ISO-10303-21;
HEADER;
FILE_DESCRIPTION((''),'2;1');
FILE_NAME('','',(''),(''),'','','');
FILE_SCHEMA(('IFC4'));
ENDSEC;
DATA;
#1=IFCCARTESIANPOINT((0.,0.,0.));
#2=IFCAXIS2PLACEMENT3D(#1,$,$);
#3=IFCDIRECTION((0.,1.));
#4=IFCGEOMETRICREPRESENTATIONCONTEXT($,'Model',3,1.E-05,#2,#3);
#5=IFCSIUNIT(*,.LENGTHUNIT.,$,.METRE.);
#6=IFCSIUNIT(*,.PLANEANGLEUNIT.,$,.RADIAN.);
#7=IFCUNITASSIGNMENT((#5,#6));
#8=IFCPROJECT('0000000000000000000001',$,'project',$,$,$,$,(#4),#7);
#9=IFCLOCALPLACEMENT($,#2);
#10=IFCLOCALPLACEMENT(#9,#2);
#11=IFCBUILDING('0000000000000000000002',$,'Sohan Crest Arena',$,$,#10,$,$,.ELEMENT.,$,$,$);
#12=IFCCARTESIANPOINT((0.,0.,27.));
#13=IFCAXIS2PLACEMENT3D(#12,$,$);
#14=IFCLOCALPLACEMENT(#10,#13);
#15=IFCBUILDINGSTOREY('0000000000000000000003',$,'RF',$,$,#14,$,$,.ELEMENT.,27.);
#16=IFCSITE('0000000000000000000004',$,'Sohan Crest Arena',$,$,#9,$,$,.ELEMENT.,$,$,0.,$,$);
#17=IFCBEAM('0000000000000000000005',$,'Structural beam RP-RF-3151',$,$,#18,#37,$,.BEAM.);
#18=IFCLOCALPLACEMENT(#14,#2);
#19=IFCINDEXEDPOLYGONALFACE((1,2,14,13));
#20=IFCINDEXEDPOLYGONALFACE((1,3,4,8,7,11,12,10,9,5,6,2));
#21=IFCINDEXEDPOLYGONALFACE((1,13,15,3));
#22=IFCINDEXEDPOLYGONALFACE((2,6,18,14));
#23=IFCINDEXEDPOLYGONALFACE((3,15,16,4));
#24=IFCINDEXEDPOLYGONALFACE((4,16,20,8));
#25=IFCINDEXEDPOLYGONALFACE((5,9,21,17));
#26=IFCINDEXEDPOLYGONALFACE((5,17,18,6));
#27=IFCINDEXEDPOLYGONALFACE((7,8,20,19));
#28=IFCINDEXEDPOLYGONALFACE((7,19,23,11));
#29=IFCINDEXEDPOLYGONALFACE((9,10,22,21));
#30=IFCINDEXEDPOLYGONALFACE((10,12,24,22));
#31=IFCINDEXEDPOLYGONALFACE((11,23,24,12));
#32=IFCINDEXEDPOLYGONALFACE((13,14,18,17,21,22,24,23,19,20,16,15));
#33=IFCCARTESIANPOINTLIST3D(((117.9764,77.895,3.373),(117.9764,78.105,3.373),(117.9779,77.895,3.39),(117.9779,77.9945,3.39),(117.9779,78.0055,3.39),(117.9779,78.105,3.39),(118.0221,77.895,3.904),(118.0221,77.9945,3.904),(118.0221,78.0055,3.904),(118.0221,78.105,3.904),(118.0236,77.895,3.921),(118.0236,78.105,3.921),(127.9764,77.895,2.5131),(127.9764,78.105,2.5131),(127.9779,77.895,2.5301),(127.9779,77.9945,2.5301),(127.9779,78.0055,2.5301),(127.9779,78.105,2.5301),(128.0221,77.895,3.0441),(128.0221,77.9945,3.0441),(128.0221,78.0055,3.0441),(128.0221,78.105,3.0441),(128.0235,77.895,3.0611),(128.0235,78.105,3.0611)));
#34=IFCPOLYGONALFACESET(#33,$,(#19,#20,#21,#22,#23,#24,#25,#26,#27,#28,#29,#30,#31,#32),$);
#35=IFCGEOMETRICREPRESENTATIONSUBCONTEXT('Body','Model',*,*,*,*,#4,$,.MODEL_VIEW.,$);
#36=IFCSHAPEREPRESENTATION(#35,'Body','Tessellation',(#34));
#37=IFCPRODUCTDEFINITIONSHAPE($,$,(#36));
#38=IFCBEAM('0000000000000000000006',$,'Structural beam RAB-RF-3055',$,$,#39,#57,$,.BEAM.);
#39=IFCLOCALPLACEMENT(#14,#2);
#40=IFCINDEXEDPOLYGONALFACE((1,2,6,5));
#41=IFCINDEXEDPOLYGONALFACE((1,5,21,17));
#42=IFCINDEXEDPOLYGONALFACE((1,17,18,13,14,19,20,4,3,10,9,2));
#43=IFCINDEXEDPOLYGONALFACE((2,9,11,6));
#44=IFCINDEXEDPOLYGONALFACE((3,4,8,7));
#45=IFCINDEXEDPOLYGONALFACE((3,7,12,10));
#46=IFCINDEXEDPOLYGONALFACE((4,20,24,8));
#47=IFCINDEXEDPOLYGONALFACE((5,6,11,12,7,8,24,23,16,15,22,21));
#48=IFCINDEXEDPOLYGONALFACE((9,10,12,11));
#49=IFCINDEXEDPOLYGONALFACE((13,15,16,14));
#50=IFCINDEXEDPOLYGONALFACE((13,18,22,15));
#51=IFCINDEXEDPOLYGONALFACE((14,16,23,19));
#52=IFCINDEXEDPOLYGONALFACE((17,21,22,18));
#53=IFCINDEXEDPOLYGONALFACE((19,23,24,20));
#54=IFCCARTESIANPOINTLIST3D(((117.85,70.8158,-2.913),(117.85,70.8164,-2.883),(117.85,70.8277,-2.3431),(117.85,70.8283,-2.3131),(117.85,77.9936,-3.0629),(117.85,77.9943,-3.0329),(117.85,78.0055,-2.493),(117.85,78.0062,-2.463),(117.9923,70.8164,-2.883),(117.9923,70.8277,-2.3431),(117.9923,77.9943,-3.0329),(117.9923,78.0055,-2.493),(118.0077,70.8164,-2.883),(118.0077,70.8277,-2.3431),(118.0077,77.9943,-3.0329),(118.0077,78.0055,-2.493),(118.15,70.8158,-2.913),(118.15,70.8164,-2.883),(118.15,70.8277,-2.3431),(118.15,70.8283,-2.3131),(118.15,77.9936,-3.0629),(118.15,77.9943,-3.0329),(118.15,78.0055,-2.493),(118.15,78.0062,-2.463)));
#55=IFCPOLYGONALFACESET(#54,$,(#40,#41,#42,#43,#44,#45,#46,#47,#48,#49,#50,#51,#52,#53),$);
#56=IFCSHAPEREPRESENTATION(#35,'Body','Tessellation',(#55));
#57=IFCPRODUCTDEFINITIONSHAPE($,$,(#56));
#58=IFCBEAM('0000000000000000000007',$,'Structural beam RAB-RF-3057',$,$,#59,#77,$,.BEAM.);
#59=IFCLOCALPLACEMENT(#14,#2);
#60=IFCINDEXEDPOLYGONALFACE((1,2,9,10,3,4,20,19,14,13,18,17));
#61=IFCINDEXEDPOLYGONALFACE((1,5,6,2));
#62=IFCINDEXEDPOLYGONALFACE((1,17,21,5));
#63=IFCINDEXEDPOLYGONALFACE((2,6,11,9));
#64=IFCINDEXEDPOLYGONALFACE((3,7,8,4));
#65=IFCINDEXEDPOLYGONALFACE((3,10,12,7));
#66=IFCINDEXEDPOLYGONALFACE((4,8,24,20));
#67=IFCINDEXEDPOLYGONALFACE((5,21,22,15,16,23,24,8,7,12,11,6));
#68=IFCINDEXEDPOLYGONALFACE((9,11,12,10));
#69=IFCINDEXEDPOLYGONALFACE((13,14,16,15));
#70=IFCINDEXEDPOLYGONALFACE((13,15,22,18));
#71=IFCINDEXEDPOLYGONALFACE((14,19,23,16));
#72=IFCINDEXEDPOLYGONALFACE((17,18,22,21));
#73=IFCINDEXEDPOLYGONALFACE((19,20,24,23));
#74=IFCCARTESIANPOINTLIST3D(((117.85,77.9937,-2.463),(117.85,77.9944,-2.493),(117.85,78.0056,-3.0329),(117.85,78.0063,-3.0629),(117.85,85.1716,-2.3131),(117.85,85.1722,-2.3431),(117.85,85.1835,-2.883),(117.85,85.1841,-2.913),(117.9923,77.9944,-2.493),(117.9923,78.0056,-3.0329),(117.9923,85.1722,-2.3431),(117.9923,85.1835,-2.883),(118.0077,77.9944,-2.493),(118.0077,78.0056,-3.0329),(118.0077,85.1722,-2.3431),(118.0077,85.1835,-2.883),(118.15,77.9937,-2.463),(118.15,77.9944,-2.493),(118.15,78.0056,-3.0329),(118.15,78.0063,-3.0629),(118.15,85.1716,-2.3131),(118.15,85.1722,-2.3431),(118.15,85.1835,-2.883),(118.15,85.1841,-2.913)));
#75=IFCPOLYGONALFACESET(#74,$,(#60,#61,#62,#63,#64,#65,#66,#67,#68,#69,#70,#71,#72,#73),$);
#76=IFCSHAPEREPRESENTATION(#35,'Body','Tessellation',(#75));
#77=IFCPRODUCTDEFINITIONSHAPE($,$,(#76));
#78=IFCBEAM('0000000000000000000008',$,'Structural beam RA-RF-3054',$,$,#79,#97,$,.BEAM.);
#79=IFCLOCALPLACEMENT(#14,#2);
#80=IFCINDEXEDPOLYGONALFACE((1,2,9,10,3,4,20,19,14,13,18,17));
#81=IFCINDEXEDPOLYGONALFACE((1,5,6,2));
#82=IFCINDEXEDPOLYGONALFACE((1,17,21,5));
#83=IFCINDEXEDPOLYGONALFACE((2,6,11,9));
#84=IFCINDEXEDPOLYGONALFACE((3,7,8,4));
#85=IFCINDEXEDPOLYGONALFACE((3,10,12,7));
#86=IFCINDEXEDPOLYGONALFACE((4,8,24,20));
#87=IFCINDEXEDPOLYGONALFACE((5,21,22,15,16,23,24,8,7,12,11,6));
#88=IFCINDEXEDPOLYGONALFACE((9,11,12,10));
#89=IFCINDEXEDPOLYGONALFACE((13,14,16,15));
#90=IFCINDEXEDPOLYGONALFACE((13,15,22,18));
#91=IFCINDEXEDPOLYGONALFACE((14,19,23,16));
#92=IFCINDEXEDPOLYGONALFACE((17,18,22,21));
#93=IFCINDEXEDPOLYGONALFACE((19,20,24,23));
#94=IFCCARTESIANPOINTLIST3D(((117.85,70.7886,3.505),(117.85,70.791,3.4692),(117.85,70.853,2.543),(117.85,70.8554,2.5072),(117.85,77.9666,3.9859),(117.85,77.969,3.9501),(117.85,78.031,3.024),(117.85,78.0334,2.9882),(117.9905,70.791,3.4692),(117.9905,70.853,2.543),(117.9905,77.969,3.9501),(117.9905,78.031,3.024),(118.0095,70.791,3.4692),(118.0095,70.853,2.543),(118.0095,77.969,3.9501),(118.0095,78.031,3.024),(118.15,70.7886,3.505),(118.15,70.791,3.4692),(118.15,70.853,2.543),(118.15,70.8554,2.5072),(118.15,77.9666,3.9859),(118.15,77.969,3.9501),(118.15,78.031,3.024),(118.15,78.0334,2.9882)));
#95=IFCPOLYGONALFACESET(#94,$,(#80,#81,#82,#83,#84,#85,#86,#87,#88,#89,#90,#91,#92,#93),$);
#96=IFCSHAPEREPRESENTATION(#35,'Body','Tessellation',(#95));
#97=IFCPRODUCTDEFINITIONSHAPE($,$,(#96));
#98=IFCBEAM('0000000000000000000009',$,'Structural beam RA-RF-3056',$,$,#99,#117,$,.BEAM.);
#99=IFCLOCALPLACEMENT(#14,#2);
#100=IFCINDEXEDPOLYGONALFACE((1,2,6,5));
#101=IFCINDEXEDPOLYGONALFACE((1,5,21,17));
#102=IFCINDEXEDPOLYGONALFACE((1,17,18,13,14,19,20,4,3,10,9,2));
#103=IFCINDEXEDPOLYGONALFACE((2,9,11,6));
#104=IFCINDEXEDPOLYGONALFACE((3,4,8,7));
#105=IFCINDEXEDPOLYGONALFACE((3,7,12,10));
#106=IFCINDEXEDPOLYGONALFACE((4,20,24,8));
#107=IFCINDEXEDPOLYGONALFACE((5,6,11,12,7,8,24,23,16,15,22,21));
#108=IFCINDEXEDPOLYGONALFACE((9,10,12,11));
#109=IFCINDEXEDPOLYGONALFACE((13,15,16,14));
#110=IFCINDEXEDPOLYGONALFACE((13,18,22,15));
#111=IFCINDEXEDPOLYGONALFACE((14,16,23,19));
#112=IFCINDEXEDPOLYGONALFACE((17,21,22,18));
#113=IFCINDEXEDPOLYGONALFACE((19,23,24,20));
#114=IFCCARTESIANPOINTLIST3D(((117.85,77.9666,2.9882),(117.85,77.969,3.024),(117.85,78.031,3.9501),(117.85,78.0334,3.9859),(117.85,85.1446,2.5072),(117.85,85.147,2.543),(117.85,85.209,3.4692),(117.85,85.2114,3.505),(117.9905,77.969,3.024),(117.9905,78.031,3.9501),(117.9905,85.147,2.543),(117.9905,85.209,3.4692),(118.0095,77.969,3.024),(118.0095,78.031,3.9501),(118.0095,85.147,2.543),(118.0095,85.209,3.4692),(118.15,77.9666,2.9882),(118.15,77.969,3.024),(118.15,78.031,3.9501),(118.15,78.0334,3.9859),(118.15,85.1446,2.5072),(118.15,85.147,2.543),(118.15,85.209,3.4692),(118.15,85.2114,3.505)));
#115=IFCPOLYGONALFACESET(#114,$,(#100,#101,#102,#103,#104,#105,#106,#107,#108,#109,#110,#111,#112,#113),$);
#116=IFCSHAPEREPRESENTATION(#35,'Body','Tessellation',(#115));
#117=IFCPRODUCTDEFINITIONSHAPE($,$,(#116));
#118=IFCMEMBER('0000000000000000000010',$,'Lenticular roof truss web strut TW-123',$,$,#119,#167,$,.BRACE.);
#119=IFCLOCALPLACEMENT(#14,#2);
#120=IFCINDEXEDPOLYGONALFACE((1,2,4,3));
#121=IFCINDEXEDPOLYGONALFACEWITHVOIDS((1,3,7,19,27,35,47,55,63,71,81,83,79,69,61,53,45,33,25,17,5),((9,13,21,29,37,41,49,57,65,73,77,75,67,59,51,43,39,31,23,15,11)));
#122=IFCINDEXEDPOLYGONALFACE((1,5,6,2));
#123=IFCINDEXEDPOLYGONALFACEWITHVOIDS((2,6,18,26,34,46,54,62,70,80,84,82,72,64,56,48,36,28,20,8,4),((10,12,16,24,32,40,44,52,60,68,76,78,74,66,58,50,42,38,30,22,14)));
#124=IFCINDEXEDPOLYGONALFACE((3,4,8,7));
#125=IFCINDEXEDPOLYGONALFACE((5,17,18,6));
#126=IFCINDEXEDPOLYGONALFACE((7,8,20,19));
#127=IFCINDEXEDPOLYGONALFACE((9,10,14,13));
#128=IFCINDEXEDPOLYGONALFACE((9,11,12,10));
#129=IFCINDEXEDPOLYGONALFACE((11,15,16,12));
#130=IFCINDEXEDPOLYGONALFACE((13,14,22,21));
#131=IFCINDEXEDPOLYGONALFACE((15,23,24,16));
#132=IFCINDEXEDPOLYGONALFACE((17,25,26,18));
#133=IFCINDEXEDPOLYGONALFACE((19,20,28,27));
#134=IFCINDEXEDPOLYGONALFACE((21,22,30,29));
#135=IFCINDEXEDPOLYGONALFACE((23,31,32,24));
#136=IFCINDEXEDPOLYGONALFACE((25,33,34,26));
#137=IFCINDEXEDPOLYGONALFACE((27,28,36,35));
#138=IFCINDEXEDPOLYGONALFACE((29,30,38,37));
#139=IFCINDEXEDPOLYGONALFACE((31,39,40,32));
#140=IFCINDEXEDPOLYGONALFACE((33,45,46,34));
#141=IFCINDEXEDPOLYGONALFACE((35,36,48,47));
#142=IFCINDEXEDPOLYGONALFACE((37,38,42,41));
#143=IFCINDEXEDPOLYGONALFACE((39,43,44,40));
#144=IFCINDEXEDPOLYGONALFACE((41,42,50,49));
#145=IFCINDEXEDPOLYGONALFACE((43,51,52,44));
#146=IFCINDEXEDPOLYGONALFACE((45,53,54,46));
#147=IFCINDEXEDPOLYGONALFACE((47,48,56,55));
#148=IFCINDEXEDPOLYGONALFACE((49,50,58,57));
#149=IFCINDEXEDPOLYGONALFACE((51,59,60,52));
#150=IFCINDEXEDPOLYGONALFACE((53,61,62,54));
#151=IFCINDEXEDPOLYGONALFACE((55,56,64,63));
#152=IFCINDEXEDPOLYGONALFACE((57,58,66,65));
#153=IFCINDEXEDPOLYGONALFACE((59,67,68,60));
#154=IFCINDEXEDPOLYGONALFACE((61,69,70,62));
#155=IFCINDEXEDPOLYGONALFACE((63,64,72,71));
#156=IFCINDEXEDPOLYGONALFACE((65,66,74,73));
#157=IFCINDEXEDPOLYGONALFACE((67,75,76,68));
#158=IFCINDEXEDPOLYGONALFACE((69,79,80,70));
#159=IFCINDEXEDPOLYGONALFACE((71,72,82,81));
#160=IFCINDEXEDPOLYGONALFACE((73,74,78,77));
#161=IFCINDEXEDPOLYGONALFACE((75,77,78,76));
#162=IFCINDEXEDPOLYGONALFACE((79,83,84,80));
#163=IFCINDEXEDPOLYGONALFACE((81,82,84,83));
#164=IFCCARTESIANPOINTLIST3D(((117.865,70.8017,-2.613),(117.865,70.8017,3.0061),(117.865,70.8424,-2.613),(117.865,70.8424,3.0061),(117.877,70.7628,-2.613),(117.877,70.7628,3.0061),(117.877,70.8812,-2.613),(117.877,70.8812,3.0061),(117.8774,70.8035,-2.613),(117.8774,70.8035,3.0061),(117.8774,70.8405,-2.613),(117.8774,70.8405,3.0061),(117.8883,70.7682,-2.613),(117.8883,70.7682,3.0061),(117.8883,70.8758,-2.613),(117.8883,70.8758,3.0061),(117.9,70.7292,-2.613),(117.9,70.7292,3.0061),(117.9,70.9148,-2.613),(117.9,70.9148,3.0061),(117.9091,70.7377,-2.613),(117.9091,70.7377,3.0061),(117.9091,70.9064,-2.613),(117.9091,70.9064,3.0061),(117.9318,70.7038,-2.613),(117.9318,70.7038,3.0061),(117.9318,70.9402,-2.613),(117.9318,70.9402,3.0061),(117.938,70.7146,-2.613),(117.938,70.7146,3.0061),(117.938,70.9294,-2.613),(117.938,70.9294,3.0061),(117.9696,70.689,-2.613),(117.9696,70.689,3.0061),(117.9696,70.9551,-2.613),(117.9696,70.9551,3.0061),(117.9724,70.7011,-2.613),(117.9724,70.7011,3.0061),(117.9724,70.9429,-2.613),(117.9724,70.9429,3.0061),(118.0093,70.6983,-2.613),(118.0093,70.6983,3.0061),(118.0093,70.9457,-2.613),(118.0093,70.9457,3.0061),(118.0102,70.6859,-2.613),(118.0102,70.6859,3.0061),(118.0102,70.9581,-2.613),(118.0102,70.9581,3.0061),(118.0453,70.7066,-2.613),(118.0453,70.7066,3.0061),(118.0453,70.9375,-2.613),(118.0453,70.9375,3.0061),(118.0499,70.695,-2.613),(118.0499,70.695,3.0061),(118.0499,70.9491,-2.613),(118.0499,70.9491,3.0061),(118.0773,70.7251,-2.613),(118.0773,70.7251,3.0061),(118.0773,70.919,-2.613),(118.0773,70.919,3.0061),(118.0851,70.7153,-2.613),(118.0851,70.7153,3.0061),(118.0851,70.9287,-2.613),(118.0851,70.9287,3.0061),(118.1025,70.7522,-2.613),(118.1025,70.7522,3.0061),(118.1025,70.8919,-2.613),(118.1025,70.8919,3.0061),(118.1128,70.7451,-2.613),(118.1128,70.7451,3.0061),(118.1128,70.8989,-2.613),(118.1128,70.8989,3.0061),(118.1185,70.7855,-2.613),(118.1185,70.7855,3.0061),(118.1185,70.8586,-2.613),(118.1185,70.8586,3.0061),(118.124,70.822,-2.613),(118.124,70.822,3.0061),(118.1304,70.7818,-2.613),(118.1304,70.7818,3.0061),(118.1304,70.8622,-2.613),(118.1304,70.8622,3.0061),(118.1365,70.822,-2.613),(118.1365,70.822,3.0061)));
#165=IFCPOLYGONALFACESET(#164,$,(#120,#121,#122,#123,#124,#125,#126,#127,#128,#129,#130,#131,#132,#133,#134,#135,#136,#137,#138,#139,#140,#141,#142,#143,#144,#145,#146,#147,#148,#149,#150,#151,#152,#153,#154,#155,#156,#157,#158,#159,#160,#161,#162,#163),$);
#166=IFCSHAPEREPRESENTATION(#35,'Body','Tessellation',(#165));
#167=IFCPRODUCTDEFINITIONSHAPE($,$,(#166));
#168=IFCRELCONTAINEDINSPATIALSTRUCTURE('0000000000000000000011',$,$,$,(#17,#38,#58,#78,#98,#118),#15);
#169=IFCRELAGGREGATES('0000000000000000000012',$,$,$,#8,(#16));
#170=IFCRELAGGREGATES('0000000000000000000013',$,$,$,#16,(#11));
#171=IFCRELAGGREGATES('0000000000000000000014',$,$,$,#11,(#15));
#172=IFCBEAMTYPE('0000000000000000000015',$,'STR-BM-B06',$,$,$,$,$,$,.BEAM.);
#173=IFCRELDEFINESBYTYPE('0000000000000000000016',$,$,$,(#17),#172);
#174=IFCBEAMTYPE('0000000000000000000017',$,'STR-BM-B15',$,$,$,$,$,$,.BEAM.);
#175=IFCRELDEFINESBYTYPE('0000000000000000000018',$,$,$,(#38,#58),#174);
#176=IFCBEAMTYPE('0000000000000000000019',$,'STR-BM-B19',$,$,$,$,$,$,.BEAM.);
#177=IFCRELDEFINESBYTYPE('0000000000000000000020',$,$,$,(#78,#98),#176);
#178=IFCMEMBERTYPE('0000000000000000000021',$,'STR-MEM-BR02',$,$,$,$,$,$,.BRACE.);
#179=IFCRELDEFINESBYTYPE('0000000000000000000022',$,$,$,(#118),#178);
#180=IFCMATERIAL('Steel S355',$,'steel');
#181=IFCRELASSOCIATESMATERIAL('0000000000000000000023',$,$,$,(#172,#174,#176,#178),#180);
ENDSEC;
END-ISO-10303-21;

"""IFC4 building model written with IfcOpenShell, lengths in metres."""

from ifc_helpers import new_model, si_unit, direction, frame, origin, origin_2d, place, context, subcontext, project, spatial, hollow_circle, i_section, extrude, material, material_profile, profile_set, type_object, element, save


model = new_model("IFC4")

# Units and contexts
model_context = context("Model", 3, precision=1e-05, world=origin(), true_north=direction((0.0, 1.0)))
body_context = subcontext(model_context, "Body", "Model", "MODEL_VIEW")
ifc_project = project(units=[si_unit("LENGTHUNIT", "METRE"), si_unit("PLANEANGLEUNIT", "RADIAN")], contexts=[model_context])

# Site, building, storey
site_placement = place(None, origin())
site = spatial("IfcSite", under=ifc_project, at=site_placement, Name="Sohan Crest Arena", CompositionType="ELEMENT", RefElevation=0.0)
building_placement = place(site_placement, origin())
building = spatial("IfcBuilding", under=site, at=building_placement, Name="Sohan Crest Arena", CompositionType="ELEMENT")
storey_placement = place(building_placement, frame((0.0, 0.0, 27.0)))
storey = spatial("IfcBuildingStorey", under=building, at=storey_placement, Name="RF", CompositionType="ELEMENT", Elevation=27.0)

# Beams
ifc_material_1 = material(Name="Steel S355", Category="steel")
ifc_material_profile_1 = material_profile(ifc_material_1, i_section(OverallWidth=0.21, OverallDepth=0.55, WebThickness=0.011, FlangeThickness=0.0171, at=origin_2d()), Name="IPE 550")
ifc_profile_set_1 = profile_set([ifc_material_profile_1], Name="Steel S355")
beam_type_1 = type_object("IfcBeamType", Name="STR-BM-B06", PredefinedType="BEAM", material=ifc_profile_set_1)
beam_placement = place(storey_placement, frame((118.0, 78.0, 3.647), z_axis=(0.996324, 0.0, -0.08567), x_axis=(0.0, 1.0, 0.0)))
element("IfcBeam", 1, at=beam_placement, inside=storey, type_object=beam_type_1, Name="Structural beam RP-RF-3151", PredefinedType="BEAM", context=body_context, shape_type="SweptSolid", body=[
    extrude(i_section(OverallWidth=0.21, OverallDepth=0.55, WebThickness=0.011, FlangeThickness=0.0171, at=origin_2d()), origin(), (0.0, 0.0, 1.0), 10.0369),
])
ifc_material_profile_2 = material_profile(ifc_material_1, i_section(OverallWidth=0.3, OverallDepth=0.6001, WebThickness=0.0154, FlangeThickness=0.03, at=origin_2d()), Name="HEB 600")
ifc_profile_set_2 = profile_set([ifc_material_profile_2], Name="Steel S355")
beam_type_2 = type_object("IfcBeamType", Name="STR-BM-B15", PredefinedType="BEAM", material=ifc_profile_set_2)
for number, where, z_axis, x_axis, name in (
    (2, (118.0, 70.822, -2.613), (0.0, 0.999782, -0.020879), (-1.0, 0.0, 0.0), "Structural beam RAB-RF-3055"),
    (3, (118.0, 78.0, -2.7629), (0.0, 0.999782, 0.020879), (-1.0, 0.0, 0.0), "Structural beam RAB-RF-3057"),
):
    element("IfcBeam", number, at=place(storey_placement, frame(where, z_axis=z_axis, x_axis=x_axis)), inside=storey, type_object=beam_type_2, Name=name, PredefinedType="BEAM", context=body_context, shape_type="SweptSolid", body=[
        extrude(i_section(OverallWidth=0.3, OverallDepth=0.6001, WebThickness=0.0154, FlangeThickness=0.03, at=origin_2d()), origin(), (0.0, 0.0, 1.0), 7.1794),
    ])
ifc_material_profile_3 = material_profile(ifc_material_1, i_section(OverallWidth=0.3, OverallDepth=1.0, WebThickness=0.019, FlangeThickness=0.0359, at=origin_2d()), Name="HEB 1000")
ifc_profile_set_3 = profile_set([ifc_material_profile_3], Name="Steel S355")
beam_type_3 = type_object("IfcBeamType", Name="STR-BM-B19", PredefinedType="BEAM", material=ifc_profile_set_3)
for number, where, z_axis, x_axis, name in (
    (4, (118.0, 70.822, 3.0061), (0.0, 0.997763, 0.066855), (-1.0, 0.0, 0.0), "Structural beam RA-RF-3054"),
    (5, (118.0, 78.0, 3.4871), (0.0, 0.997763, -0.066855), (-1.0, 0.0, 0.0), "Structural beam RA-RF-3056"),
):
    element("IfcBeam", number, at=place(storey_placement, frame(where, z_axis=z_axis, x_axis=x_axis)), inside=storey, type_object=beam_type_3, Name=name, PredefinedType="BEAM", context=body_context, shape_type="SweptSolid", body=[
        extrude(i_section(OverallWidth=0.3, OverallDepth=1.0, WebThickness=0.019, FlangeThickness=0.0359, at=origin_2d()), origin(), (0.0, 0.0, 1.0), 7.1941),
    ])

# Member
ifc_material_profile_4 = material_profile(ifc_material_1, hollow_circle(Radius=0.1365, WallThickness=0.0125, at=origin_2d()), Name="CHS 273x12.5")
ifc_profile_set_4 = profile_set([ifc_material_profile_4], Name="Steel S355")
member_type_1 = type_object("IfcMemberType", Name="STR-MEM-BR02", PredefinedType="BRACE", material=ifc_profile_set_4)
member_1_placement = place(storey_placement, frame((118.0, 70.822, -2.613), z_axis=(0.0, 0.0, 1.0), x_axis=(1.0, 0.0, 0.0)))
element("IfcMember", 6, at=member_1_placement, inside=storey, type_object=member_type_1, Name="Lenticular roof truss web strut TW-123", PredefinedType="BRACE", context=body_context, shape_type="SweptSolid", body=[
    extrude(hollow_circle(Radius=0.1365, WallThickness=0.0125, at=origin_2d()), origin(), (0.0, 0.0, 1.0), 5.6191),
])

save(model, "model.ifc")
